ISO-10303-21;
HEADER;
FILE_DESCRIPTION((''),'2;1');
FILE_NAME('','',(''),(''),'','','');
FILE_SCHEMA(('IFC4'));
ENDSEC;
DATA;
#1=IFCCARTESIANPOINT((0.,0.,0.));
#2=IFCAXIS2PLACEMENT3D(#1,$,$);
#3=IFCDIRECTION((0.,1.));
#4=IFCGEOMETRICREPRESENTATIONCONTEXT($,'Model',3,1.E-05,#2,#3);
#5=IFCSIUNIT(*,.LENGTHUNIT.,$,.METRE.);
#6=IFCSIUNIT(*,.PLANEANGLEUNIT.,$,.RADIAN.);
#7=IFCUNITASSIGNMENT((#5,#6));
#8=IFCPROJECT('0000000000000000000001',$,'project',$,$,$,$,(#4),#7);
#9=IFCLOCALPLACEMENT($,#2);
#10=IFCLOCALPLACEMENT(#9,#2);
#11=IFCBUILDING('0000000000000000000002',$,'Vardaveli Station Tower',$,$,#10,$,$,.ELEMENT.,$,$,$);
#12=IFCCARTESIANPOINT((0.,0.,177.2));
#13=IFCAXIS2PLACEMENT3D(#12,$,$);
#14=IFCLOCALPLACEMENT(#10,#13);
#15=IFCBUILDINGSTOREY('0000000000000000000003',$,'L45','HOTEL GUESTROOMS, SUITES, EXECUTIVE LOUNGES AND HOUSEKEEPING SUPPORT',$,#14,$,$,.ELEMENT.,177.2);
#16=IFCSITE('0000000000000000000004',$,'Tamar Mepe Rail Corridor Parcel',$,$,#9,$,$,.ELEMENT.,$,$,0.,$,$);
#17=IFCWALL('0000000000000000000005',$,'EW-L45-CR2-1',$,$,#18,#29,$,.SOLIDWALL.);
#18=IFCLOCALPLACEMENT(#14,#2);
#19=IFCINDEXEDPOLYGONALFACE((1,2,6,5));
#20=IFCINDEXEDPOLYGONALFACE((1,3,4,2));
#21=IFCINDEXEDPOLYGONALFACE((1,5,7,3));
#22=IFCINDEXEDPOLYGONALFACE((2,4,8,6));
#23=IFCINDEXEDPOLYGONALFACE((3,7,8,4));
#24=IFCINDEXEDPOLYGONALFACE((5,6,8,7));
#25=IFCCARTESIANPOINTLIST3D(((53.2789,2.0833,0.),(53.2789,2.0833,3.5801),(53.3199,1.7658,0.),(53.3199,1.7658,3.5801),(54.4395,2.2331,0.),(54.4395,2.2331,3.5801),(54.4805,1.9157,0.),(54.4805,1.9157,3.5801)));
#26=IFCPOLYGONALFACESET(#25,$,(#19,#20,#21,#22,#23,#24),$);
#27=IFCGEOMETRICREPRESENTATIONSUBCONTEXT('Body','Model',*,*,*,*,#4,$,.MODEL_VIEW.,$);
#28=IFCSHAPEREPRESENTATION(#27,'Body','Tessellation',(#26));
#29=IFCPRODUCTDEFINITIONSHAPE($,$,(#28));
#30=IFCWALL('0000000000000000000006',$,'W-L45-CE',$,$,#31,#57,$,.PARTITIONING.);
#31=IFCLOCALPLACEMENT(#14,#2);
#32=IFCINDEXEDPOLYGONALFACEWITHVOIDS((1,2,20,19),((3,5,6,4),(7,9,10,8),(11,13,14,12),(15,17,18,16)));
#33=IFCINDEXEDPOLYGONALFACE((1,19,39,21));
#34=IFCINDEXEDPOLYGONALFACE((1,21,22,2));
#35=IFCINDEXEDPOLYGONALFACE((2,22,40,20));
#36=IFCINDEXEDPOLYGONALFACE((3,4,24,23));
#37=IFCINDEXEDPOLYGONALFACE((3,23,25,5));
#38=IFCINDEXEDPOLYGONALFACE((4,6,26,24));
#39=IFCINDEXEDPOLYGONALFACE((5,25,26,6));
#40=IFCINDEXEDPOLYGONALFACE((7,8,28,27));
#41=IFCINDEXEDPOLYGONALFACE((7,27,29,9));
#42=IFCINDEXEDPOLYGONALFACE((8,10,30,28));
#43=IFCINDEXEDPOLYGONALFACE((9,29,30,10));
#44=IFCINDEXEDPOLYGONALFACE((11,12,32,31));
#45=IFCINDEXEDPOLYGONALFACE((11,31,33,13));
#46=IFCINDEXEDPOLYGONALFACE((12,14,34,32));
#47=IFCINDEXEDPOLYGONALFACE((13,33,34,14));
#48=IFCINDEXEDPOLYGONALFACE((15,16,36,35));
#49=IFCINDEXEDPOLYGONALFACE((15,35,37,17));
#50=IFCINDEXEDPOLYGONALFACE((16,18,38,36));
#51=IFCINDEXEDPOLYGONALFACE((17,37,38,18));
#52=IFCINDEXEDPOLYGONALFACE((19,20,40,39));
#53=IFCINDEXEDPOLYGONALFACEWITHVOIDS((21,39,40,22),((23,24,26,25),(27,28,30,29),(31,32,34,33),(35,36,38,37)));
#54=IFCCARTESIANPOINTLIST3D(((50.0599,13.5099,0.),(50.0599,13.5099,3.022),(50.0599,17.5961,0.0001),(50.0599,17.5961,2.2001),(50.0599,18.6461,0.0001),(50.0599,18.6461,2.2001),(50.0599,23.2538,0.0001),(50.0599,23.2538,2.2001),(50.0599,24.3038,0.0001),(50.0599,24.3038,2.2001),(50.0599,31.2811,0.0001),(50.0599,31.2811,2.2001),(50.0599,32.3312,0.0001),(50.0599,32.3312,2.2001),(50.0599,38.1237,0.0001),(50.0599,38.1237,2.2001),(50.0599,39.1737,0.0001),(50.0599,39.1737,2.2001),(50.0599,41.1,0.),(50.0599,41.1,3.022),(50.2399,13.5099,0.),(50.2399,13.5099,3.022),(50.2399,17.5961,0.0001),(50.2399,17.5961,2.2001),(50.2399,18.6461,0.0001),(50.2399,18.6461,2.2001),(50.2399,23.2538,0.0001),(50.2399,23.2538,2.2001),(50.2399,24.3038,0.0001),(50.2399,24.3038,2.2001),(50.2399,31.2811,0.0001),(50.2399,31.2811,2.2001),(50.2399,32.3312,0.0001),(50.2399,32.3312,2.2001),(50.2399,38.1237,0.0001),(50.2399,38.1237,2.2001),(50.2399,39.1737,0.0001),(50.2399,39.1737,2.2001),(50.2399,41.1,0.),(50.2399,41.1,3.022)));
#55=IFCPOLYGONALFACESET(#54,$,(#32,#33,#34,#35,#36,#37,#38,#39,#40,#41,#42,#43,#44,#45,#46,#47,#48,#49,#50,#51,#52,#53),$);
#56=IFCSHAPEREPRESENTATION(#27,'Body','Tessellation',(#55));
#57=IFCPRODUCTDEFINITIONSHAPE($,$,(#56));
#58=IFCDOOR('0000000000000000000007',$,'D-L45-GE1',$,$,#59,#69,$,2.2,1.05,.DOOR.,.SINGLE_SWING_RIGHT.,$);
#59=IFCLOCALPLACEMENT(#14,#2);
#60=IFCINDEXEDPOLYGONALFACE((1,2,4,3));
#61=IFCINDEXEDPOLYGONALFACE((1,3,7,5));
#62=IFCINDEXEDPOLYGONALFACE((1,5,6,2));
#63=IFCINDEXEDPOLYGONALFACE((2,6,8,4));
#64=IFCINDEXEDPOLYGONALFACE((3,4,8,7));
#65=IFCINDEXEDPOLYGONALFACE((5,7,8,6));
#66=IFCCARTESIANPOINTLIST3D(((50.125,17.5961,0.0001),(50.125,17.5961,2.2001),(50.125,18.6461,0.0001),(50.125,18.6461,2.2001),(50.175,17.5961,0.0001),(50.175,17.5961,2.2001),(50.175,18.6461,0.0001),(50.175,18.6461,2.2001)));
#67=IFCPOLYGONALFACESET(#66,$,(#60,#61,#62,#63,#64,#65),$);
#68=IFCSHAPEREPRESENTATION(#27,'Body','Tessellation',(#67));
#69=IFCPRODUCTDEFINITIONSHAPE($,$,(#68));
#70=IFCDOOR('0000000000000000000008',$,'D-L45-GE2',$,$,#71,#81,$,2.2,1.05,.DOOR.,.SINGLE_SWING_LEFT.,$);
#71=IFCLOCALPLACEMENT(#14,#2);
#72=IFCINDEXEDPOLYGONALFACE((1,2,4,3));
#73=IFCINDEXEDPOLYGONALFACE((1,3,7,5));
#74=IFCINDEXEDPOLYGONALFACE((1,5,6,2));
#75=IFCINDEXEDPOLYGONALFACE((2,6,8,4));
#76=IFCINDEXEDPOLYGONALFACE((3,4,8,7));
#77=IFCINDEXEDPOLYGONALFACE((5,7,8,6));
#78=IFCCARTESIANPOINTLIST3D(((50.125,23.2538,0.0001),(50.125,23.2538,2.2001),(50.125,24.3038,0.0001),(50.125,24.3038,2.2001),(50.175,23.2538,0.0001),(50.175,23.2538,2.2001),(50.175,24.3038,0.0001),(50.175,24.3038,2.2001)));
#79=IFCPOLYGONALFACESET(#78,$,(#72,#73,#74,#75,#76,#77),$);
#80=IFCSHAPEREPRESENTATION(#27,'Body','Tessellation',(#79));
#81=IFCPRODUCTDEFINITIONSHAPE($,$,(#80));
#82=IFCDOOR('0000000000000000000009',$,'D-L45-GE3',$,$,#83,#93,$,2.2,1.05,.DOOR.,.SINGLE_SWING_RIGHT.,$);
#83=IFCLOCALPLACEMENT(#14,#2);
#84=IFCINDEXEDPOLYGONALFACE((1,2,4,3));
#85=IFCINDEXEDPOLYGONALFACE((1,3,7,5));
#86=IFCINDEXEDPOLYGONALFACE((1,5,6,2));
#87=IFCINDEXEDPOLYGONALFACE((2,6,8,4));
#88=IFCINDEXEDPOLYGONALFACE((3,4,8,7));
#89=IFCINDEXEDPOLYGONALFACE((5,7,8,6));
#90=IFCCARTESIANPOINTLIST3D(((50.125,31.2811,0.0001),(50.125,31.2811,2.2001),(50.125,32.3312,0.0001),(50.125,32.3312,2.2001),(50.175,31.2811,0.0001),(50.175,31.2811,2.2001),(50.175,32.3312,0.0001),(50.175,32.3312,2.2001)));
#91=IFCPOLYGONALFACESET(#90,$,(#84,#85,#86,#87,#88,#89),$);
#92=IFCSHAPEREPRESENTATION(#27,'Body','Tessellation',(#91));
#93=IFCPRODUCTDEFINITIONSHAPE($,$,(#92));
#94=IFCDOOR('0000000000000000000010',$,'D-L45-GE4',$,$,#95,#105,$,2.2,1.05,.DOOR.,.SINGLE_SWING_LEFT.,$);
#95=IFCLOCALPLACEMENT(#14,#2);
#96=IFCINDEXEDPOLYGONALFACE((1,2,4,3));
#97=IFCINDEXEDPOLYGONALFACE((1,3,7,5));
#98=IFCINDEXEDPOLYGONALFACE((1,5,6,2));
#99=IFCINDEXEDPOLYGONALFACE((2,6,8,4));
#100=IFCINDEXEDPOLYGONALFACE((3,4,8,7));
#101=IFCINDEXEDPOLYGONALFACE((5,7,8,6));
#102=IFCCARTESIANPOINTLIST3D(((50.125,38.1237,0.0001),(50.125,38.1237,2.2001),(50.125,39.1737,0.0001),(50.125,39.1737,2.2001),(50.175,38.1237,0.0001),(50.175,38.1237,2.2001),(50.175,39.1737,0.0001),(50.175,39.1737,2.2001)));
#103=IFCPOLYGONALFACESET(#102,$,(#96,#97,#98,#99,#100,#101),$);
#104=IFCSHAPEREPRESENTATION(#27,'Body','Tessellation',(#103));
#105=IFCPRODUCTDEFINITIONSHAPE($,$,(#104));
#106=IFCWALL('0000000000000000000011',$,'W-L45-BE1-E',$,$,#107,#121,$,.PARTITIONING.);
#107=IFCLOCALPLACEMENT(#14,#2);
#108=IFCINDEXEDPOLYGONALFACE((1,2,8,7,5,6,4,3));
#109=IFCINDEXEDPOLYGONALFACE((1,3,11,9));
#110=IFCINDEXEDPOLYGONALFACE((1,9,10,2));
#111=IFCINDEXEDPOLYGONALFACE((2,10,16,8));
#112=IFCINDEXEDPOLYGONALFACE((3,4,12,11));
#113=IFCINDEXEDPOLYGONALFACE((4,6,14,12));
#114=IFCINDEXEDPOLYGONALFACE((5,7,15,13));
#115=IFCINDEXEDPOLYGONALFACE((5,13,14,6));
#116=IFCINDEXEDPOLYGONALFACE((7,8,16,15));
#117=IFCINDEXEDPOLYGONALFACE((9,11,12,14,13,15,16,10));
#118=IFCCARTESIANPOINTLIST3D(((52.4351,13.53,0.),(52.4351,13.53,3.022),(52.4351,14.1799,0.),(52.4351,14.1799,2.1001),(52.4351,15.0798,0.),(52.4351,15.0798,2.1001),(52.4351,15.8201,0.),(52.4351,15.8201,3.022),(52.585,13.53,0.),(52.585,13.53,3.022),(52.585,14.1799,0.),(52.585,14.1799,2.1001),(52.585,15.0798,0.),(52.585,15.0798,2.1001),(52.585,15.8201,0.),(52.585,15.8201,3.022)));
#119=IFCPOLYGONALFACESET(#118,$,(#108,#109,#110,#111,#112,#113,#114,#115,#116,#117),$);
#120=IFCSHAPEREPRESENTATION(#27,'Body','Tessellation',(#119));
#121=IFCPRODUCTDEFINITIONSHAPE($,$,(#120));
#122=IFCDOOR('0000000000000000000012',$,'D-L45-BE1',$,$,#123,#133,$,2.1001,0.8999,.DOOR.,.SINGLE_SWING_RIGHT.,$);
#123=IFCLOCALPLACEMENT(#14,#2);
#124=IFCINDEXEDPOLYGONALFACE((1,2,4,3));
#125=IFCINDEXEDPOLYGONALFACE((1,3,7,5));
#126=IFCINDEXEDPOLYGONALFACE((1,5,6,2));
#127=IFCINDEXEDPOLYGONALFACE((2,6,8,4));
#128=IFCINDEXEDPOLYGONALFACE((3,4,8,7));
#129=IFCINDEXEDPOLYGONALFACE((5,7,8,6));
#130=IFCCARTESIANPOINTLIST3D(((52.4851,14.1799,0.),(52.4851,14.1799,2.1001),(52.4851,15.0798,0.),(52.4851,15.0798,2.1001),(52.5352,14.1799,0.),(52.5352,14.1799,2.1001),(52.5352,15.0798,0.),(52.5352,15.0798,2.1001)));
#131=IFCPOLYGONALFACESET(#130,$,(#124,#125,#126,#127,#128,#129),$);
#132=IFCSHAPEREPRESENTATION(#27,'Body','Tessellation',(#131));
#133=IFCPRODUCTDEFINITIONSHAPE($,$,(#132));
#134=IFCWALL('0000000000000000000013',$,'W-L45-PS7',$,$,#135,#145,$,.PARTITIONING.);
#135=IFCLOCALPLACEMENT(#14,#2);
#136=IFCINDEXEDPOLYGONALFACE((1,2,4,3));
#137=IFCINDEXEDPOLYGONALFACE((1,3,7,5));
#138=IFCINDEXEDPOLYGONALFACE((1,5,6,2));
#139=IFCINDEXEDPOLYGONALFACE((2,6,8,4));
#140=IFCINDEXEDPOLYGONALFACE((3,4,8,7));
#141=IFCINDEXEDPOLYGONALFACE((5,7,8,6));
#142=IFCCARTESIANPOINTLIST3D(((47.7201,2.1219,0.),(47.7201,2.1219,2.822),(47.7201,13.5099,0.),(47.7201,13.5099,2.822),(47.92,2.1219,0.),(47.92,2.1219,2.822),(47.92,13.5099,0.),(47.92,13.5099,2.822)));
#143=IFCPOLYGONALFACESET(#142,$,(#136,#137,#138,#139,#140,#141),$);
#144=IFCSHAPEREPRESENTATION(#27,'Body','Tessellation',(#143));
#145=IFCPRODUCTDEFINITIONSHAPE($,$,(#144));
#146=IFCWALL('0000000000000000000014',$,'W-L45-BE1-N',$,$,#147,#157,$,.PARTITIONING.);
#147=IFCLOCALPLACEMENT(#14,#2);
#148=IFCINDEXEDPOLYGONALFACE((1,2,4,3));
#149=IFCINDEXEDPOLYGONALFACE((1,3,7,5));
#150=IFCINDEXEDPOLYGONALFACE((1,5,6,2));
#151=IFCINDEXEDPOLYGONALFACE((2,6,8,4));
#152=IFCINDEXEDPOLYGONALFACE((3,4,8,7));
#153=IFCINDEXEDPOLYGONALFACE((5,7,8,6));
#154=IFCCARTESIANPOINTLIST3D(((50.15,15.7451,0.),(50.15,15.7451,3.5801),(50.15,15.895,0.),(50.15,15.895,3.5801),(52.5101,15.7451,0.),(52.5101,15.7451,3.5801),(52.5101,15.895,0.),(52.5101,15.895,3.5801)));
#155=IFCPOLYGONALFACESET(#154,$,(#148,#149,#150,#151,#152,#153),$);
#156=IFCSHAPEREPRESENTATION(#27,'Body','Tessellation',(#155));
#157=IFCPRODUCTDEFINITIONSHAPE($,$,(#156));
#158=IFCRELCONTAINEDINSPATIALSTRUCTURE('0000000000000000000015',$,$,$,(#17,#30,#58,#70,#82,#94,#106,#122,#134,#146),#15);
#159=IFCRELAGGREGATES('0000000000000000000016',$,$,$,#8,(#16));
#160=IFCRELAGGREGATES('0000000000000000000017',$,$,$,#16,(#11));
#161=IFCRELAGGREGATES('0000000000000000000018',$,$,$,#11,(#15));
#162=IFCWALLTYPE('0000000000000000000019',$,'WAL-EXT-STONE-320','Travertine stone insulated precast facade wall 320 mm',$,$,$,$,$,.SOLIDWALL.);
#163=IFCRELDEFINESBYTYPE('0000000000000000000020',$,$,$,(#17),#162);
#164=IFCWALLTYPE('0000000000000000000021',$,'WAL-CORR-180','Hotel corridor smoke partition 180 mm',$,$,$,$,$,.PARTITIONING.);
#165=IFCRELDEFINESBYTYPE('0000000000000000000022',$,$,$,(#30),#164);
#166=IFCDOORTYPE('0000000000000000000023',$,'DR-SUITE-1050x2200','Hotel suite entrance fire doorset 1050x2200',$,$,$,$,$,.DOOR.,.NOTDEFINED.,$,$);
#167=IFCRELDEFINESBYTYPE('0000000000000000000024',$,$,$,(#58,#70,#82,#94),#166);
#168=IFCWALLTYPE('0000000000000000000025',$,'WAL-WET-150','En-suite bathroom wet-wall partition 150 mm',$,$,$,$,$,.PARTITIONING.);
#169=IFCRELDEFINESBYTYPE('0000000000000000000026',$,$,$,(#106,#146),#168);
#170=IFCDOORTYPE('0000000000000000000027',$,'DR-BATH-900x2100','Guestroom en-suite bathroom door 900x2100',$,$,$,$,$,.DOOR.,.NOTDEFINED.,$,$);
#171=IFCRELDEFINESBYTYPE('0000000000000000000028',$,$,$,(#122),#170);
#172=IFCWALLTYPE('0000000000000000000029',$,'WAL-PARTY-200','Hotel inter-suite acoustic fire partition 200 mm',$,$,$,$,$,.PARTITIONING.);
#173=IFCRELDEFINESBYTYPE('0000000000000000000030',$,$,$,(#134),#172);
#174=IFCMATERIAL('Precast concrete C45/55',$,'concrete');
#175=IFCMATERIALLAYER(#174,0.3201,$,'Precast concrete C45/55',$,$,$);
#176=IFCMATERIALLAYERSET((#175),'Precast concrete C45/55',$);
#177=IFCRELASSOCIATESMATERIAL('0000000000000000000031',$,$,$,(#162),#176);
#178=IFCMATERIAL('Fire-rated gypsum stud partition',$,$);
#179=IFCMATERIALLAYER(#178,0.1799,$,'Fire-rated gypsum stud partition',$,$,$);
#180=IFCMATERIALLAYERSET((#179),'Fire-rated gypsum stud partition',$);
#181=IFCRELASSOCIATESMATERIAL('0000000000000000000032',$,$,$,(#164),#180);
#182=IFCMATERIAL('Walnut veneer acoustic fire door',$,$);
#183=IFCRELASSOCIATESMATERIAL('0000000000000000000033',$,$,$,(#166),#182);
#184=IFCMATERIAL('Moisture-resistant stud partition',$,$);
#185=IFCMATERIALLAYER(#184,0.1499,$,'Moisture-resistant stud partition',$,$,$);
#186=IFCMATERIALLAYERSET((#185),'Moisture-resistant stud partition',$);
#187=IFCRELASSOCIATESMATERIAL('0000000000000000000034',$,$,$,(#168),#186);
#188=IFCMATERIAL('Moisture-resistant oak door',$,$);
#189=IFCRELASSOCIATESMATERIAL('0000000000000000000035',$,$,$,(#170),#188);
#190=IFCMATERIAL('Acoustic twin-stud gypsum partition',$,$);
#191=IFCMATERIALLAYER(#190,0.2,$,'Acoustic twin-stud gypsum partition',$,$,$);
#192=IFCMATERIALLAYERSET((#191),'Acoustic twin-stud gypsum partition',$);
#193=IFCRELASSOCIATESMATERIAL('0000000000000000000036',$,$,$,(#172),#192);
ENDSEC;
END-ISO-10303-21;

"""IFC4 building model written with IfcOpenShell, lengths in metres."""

from ifc_helpers import new_model, si_unit, direction, frame, frame_2d, origin, place, context, subcontext, project, spatial, rectangle, extrude, source, transform, mapped, material, layer, layer_set, type_object, element, fill, save


model = new_model("IFC4")

# Units and contexts
model_context = context("Model", 3, precision=1e-05, world=origin(), true_north=direction((0.0, 1.0)))
body_context = subcontext(model_context, "Body", "Model", "MODEL_VIEW")
ifc_project = project(units=[si_unit("LENGTHUNIT", "METRE"), si_unit("PLANEANGLEUNIT", "RADIAN")], contexts=[model_context])

# Site, building, storey
site_placement = place(None, origin())
site = spatial("IfcSite", under=ifc_project, at=site_placement, Name="Tamar Mepe Rail Corridor Parcel", CompositionType="ELEMENT", RefElevation=0.0)
building_placement = place(site_placement, origin())
building = spatial("IfcBuilding", under=site, at=building_placement, Name="Vardaveli Station Tower", CompositionType="ELEMENT")
storey_placement = place(building_placement, frame((0.0, 0.0, 177.2)))
storey = spatial("IfcBuildingStorey", under=building, at=storey_placement, Name="L45", Description="HOTEL GUESTROOMS, SUITES, EXECUTIVE LOUNGES AND HOUSEKEEPING SUPPORT", CompositionType="ELEMENT", Elevation=177.2)

# Shared definitions
ifc_material_1 = material(Name="Precast concrete C45/55", Category="concrete")

# Shared definitions
ifc_layer_1 = layer(ifc_material_1, 0.3201, Name="Precast concrete C45/55")
ifc_layer_set_1 = layer_set([ifc_layer_1], Name="Precast concrete C45/55")
wall_type_1 = type_object("IfcWallType", Name="WAL-EXT-STONE-320", Description="Travertine stone insulated precast facade wall 320 mm", PredefinedType="SOLIDWALL", material=ifc_layer_set_1)

# Wall
shared_shape_1 = source(origin(), body_context, "Body", "SweptSolid", [
    extrude(rectangle(XDim=1.1702, YDim=0.3201, at=frame_2d((0.585, 0.0))), origin(), (0.0, 0.0, 1.0), 3.5801),
])
wall_1_placement = place(storey_placement, frame((53.2996, 1.9246, 0.0), z_axis=(0.0, 0.0, 1.0), x_axis=(0.991762, 0.12809, 0.0)))
element("IfcWall", 1, at=wall_1_placement, inside=storey, type_object=wall_type_1, Name="EW-L45-CR2-1", PredefinedType="SOLIDWALL", context=body_context, shape_type="MappedRepresentation", body=[
    mapped(shared_shape_1, transform((0.0, 0.0, 0.0), scale=1.0)),
])

# Wall, openings, doors
ifc_material_2 = material(Name="Fire-rated gypsum stud partition")
ifc_layer_2 = layer(ifc_material_2, 0.1799, Name="Fire-rated gypsum stud partition")
ifc_layer_set_2 = layer_set([ifc_layer_2], Name="Fire-rated gypsum stud partition")
wall_type_2 = type_object("IfcWallType", Name="WAL-CORR-180", Description="Hotel corridor smoke partition 180 mm", PredefinedType="PARTITIONING", material=ifc_layer_set_2)
shared_shape_2 = source(origin(), body_context, "Body", "SweptSolid", [
    extrude(rectangle(XDim=27.5901, YDim=0.1799, at=frame_2d((13.7949, 0.0))), origin(), (0.0, 0.0, 1.0), 3.022),
])
wall_2_placement = place(storey_placement, frame((50.1499, 13.51, 0.0), z_axis=(0.0, 0.0, 1.0), x_axis=(0.0, 1.0, 0.0)))
wall_2 = element("IfcWall", 2, at=wall_2_placement, inside=storey, type_object=wall_type_2, Name="W-L45-CE", PredefinedType="PARTITIONING", context=body_context, shape_type="MappedRepresentation", body=[
    mapped(shared_shape_2, transform((0.0, 0.0, 0.0), scale=1.0)),
])
shared_shape_3 = source(origin(), body_context, "Body", "SweptSolid", [
    extrude(rectangle(XDim=1.05, YDim=2.2, at=frame_2d((0.5249, 1.1001))), frame((0.0, 0.1001, 0.0), z_axis=(0.0, -1.0, 0.0), x_axis=(1.0, 0.0, 0.0)), (0.0, 0.0, 1.0), 0.2),
])
opening_1_placement = place(wall_2_placement, frame((4.0862, 0.0, 0.0)))
opening_1 = element("IfcOpeningElement", 3, at=opening_1_placement, cuts=wall_2, PredefinedType="OPENING", context=body_context, shape_type="MappedRepresentation", body=[
    mapped(shared_shape_3, transform((0.0, 0.0, 0.0), scale=1.0)),
])
opening_2_placement = place(wall_2_placement, frame((9.7439, 0.0, 0.0)))
opening_2 = element("IfcOpeningElement", 4, at=opening_2_placement, cuts=wall_2, PredefinedType="OPENING", context=body_context, shape_type="MappedRepresentation", body=[
    mapped(shared_shape_3, transform((0.0, 0.0, 0.0), scale=1.0)),
])
opening_3_placement = place(wall_2_placement, frame((17.7712, 0.0, 0.0)))
opening_3 = element("IfcOpeningElement", 5, at=opening_3_placement, cuts=wall_2, PredefinedType="OPENING", context=body_context, shape_type="MappedRepresentation", body=[
    mapped(shared_shape_3, transform((0.0, 0.0, 0.0), scale=1.0)),
])
opening_4_placement = place(wall_2_placement, frame((24.6138, 0.0, 0.0)))
opening_4 = element("IfcOpeningElement", 6, at=opening_4_placement, cuts=wall_2, PredefinedType="OPENING", context=body_context, shape_type="MappedRepresentation", body=[
    mapped(shared_shape_3, transform((0.0, 0.0, 0.0), scale=1.0)),
])
ifc_material_3 = material(Name="Walnut veneer acoustic fire door")
door_type_1 = type_object("IfcDoorType", Name="DR-SUITE-1050x2200", Description="Hotel suite entrance fire doorset 1050x2200", OperationType="NOTDEFINED", PredefinedType="DOOR", material=ifc_material_3)
shared_shape_4 = source(origin(), body_context, "Body", "SweptSolid", [
    extrude(rectangle(XDim=1.05, YDim=2.2, at=frame_2d((0.5249, 1.1001))), frame((0.0, 0.0249, 0.0), z_axis=(0.0, -1.0, 0.0), x_axis=(1.0, 0.0, 0.0)), (0.0, 0.0, 1.0), 0.05),
])
door_1_placement = place(opening_1_placement, origin())
door_1 = element("IfcDoor", 7, at=door_1_placement, inside=storey, type_object=door_type_1, Name="D-L45-GE1", OperationType="SINGLE_SWING_RIGHT", OverallHeight=2.2, OverallWidth=1.05, PredefinedType="DOOR", context=body_context, shape_type="MappedRepresentation", body=[
    mapped(shared_shape_4, transform((0.0, 0.0, 0.0), scale=1.0)),
])
fill(opening_1, door_1)
door_2_placement = place(opening_2_placement, origin())
door_2 = element("IfcDoor", 8, at=door_2_placement, inside=storey, type_object=door_type_1, Name="D-L45-GE2", OperationType="SINGLE_SWING_LEFT", OverallHeight=2.2, OverallWidth=1.05, PredefinedType="DOOR", context=body_context, shape_type="MappedRepresentation", body=[
    mapped(shared_shape_4, transform((0.0, 0.0, 0.0), scale=1.0)),
])
fill(opening_2, door_2)
door_3_placement = place(opening_3_placement, origin())
door_3 = element("IfcDoor", 9, at=door_3_placement, inside=storey, type_object=door_type_1, Name="D-L45-GE3", OperationType="SINGLE_SWING_RIGHT", OverallHeight=2.2, OverallWidth=1.05, PredefinedType="DOOR", context=body_context, shape_type="MappedRepresentation", body=[
    mapped(shared_shape_4, transform((0.0, 0.0, 0.0), scale=1.0)),
])
fill(opening_3, door_3)
door_4_placement = place(opening_4_placement, origin())
door_4 = element("IfcDoor", 10, at=door_4_placement, inside=storey, type_object=door_type_1, Name="D-L45-GE4", OperationType="SINGLE_SWING_LEFT", OverallHeight=2.2, OverallWidth=1.05, PredefinedType="DOOR", context=body_context, shape_type="MappedRepresentation", body=[
    mapped(shared_shape_4, transform((0.0, 0.0, 0.0), scale=1.0)),
])
fill(opening_4, door_4)

# Wall, opening, door
ifc_material_4 = material(Name="Moisture-resistant stud partition")
ifc_layer_3 = layer(ifc_material_4, 0.1499, Name="Moisture-resistant stud partition")
ifc_layer_set_3 = layer_set([ifc_layer_3], Name="Moisture-resistant stud partition")
wall_type_3 = type_object("IfcWallType", Name="WAL-WET-150", Description="En-suite bathroom wet-wall partition 150 mm", PredefinedType="PARTITIONING", material=ifc_layer_set_3)
shared_shape_5 = source(origin(), body_context, "Body", "SweptSolid", [
    extrude(rectangle(XDim=2.29, YDim=0.1499, at=frame_2d((1.145, 0.0))), origin(), (0.0, 0.0, 1.0), 3.022),
])
wall_3_placement = place(storey_placement, frame((52.51, 13.53, 0.0), z_axis=(0.0, 0.0, 1.0), x_axis=(0.0, 1.0, 0.0)))
wall_3 = element("IfcWall", 11, at=wall_3_placement, inside=storey, type_object=wall_type_3, Name="W-L45-BE1-E", PredefinedType="PARTITIONING", context=body_context, shape_type="MappedRepresentation", body=[
    mapped(shared_shape_5, transform((0.0, 0.0, 0.0), scale=1.0)),
])
shared_shape_6 = source(origin(), body_context, "Body", "SweptSolid", [
    extrude(rectangle(XDim=0.8999, YDim=2.1001, at=frame_2d((0.45, 1.05))), frame((0.0, 0.085, 0.0), z_axis=(0.0, -1.0, 0.0), x_axis=(1.0, 0.0, 0.0)), (0.0, 0.0, 1.0), 0.1699),
])
opening_5_placement = place(wall_3_placement, frame((0.6499, 0.0, 0.0)))
opening_5 = element("IfcOpeningElement", 12, at=opening_5_placement, cuts=wall_3, PredefinedType="OPENING", context=body_context, shape_type="MappedRepresentation", body=[
    mapped(shared_shape_6, transform((0.0, 0.0, 0.0), scale=1.0)),
])
ifc_material_5 = material(Name="Moisture-resistant oak door")
door_type_2 = type_object("IfcDoorType", Name="DR-BATH-900x2100", Description="Guestroom en-suite bathroom door 900x2100", OperationType="NOTDEFINED", PredefinedType="DOOR", material=ifc_material_5)
shared_shape_7 = source(origin(), body_context, "Body", "SweptSolid", [
    extrude(rectangle(XDim=0.8999, YDim=2.1001, at=frame_2d((0.45, 1.05))), frame((0.0, 0.0249, 0.0), z_axis=(0.0, -1.0, 0.0), x_axis=(1.0, 0.0, 0.0)), (0.0, 0.0, 1.0), 0.05),
])
door_5_placement = place(opening_5_placement, origin())
door_5 = element("IfcDoor", 13, at=door_5_placement, inside=storey, type_object=door_type_2, Name="D-L45-BE1", OperationType="SINGLE_SWING_RIGHT", OverallHeight=2.1001, OverallWidth=0.8999, PredefinedType="DOOR", context=body_context, shape_type="MappedRepresentation", body=[
    mapped(shared_shape_7, transform((0.0, 0.0, 0.0), scale=1.0)),
])
fill(opening_5, door_5)

# Walls
ifc_material_6 = material(Name="Acoustic twin-stud gypsum partition")
ifc_layer_4 = layer(ifc_material_6, 0.2, Name="Acoustic twin-stud gypsum partition")
ifc_layer_set_4 = layer_set([ifc_layer_4], Name="Acoustic twin-stud gypsum partition")
wall_type_4 = type_object("IfcWallType", Name="WAL-PARTY-200", Description="Hotel inter-suite acoustic fire partition 200 mm", PredefinedType="PARTITIONING", material=ifc_layer_set_4)
shared_shape_8 = source(origin(), body_context, "Body", "SweptSolid", [
    extrude(rectangle(XDim=11.3879, YDim=0.2, at=frame_2d((5.6938, 0.0))), origin(), (0.0, 0.0, 1.0), 2.822),
])
wall_4_placement = place(storey_placement, frame((47.8201, 2.1221, 0.0), z_axis=(0.0, 0.0, 1.0), x_axis=(0.0, 1.0, 0.0)))
element("IfcWall", 14, at=wall_4_placement, inside=storey, type_object=wall_type_4, Name="W-L45-PS7", PredefinedType="PARTITIONING", context=body_context, shape_type="MappedRepresentation", body=[
    mapped(shared_shape_8, transform((0.0, 0.0, 0.0), scale=1.0)),
])
shared_shape_9 = source(origin(), body_context, "Body", "SweptSolid", [
    extrude(rectangle(XDim=2.3601, YDim=0.1499, at=frame_2d((1.1802, 0.0))), origin(), (0.0, 0.0, 1.0), 3.5801),
])
wall_5_placement = place(storey_placement, frame((50.1499, 15.8201, 0.0), z_axis=(0.0, 0.0, 1.0), x_axis=(1.0, 0.0, 0.0)))
element("IfcWall", 15, at=wall_5_placement, inside=storey, type_object=wall_type_3, Name="W-L45-BE1-N", PredefinedType="PARTITIONING", context=body_context, shape_type="MappedRepresentation", body=[
    mapped(shared_shape_9, transform((0.0, 0.0, 0.0), scale=1.0)),
])

save(model, "model.ifc")
